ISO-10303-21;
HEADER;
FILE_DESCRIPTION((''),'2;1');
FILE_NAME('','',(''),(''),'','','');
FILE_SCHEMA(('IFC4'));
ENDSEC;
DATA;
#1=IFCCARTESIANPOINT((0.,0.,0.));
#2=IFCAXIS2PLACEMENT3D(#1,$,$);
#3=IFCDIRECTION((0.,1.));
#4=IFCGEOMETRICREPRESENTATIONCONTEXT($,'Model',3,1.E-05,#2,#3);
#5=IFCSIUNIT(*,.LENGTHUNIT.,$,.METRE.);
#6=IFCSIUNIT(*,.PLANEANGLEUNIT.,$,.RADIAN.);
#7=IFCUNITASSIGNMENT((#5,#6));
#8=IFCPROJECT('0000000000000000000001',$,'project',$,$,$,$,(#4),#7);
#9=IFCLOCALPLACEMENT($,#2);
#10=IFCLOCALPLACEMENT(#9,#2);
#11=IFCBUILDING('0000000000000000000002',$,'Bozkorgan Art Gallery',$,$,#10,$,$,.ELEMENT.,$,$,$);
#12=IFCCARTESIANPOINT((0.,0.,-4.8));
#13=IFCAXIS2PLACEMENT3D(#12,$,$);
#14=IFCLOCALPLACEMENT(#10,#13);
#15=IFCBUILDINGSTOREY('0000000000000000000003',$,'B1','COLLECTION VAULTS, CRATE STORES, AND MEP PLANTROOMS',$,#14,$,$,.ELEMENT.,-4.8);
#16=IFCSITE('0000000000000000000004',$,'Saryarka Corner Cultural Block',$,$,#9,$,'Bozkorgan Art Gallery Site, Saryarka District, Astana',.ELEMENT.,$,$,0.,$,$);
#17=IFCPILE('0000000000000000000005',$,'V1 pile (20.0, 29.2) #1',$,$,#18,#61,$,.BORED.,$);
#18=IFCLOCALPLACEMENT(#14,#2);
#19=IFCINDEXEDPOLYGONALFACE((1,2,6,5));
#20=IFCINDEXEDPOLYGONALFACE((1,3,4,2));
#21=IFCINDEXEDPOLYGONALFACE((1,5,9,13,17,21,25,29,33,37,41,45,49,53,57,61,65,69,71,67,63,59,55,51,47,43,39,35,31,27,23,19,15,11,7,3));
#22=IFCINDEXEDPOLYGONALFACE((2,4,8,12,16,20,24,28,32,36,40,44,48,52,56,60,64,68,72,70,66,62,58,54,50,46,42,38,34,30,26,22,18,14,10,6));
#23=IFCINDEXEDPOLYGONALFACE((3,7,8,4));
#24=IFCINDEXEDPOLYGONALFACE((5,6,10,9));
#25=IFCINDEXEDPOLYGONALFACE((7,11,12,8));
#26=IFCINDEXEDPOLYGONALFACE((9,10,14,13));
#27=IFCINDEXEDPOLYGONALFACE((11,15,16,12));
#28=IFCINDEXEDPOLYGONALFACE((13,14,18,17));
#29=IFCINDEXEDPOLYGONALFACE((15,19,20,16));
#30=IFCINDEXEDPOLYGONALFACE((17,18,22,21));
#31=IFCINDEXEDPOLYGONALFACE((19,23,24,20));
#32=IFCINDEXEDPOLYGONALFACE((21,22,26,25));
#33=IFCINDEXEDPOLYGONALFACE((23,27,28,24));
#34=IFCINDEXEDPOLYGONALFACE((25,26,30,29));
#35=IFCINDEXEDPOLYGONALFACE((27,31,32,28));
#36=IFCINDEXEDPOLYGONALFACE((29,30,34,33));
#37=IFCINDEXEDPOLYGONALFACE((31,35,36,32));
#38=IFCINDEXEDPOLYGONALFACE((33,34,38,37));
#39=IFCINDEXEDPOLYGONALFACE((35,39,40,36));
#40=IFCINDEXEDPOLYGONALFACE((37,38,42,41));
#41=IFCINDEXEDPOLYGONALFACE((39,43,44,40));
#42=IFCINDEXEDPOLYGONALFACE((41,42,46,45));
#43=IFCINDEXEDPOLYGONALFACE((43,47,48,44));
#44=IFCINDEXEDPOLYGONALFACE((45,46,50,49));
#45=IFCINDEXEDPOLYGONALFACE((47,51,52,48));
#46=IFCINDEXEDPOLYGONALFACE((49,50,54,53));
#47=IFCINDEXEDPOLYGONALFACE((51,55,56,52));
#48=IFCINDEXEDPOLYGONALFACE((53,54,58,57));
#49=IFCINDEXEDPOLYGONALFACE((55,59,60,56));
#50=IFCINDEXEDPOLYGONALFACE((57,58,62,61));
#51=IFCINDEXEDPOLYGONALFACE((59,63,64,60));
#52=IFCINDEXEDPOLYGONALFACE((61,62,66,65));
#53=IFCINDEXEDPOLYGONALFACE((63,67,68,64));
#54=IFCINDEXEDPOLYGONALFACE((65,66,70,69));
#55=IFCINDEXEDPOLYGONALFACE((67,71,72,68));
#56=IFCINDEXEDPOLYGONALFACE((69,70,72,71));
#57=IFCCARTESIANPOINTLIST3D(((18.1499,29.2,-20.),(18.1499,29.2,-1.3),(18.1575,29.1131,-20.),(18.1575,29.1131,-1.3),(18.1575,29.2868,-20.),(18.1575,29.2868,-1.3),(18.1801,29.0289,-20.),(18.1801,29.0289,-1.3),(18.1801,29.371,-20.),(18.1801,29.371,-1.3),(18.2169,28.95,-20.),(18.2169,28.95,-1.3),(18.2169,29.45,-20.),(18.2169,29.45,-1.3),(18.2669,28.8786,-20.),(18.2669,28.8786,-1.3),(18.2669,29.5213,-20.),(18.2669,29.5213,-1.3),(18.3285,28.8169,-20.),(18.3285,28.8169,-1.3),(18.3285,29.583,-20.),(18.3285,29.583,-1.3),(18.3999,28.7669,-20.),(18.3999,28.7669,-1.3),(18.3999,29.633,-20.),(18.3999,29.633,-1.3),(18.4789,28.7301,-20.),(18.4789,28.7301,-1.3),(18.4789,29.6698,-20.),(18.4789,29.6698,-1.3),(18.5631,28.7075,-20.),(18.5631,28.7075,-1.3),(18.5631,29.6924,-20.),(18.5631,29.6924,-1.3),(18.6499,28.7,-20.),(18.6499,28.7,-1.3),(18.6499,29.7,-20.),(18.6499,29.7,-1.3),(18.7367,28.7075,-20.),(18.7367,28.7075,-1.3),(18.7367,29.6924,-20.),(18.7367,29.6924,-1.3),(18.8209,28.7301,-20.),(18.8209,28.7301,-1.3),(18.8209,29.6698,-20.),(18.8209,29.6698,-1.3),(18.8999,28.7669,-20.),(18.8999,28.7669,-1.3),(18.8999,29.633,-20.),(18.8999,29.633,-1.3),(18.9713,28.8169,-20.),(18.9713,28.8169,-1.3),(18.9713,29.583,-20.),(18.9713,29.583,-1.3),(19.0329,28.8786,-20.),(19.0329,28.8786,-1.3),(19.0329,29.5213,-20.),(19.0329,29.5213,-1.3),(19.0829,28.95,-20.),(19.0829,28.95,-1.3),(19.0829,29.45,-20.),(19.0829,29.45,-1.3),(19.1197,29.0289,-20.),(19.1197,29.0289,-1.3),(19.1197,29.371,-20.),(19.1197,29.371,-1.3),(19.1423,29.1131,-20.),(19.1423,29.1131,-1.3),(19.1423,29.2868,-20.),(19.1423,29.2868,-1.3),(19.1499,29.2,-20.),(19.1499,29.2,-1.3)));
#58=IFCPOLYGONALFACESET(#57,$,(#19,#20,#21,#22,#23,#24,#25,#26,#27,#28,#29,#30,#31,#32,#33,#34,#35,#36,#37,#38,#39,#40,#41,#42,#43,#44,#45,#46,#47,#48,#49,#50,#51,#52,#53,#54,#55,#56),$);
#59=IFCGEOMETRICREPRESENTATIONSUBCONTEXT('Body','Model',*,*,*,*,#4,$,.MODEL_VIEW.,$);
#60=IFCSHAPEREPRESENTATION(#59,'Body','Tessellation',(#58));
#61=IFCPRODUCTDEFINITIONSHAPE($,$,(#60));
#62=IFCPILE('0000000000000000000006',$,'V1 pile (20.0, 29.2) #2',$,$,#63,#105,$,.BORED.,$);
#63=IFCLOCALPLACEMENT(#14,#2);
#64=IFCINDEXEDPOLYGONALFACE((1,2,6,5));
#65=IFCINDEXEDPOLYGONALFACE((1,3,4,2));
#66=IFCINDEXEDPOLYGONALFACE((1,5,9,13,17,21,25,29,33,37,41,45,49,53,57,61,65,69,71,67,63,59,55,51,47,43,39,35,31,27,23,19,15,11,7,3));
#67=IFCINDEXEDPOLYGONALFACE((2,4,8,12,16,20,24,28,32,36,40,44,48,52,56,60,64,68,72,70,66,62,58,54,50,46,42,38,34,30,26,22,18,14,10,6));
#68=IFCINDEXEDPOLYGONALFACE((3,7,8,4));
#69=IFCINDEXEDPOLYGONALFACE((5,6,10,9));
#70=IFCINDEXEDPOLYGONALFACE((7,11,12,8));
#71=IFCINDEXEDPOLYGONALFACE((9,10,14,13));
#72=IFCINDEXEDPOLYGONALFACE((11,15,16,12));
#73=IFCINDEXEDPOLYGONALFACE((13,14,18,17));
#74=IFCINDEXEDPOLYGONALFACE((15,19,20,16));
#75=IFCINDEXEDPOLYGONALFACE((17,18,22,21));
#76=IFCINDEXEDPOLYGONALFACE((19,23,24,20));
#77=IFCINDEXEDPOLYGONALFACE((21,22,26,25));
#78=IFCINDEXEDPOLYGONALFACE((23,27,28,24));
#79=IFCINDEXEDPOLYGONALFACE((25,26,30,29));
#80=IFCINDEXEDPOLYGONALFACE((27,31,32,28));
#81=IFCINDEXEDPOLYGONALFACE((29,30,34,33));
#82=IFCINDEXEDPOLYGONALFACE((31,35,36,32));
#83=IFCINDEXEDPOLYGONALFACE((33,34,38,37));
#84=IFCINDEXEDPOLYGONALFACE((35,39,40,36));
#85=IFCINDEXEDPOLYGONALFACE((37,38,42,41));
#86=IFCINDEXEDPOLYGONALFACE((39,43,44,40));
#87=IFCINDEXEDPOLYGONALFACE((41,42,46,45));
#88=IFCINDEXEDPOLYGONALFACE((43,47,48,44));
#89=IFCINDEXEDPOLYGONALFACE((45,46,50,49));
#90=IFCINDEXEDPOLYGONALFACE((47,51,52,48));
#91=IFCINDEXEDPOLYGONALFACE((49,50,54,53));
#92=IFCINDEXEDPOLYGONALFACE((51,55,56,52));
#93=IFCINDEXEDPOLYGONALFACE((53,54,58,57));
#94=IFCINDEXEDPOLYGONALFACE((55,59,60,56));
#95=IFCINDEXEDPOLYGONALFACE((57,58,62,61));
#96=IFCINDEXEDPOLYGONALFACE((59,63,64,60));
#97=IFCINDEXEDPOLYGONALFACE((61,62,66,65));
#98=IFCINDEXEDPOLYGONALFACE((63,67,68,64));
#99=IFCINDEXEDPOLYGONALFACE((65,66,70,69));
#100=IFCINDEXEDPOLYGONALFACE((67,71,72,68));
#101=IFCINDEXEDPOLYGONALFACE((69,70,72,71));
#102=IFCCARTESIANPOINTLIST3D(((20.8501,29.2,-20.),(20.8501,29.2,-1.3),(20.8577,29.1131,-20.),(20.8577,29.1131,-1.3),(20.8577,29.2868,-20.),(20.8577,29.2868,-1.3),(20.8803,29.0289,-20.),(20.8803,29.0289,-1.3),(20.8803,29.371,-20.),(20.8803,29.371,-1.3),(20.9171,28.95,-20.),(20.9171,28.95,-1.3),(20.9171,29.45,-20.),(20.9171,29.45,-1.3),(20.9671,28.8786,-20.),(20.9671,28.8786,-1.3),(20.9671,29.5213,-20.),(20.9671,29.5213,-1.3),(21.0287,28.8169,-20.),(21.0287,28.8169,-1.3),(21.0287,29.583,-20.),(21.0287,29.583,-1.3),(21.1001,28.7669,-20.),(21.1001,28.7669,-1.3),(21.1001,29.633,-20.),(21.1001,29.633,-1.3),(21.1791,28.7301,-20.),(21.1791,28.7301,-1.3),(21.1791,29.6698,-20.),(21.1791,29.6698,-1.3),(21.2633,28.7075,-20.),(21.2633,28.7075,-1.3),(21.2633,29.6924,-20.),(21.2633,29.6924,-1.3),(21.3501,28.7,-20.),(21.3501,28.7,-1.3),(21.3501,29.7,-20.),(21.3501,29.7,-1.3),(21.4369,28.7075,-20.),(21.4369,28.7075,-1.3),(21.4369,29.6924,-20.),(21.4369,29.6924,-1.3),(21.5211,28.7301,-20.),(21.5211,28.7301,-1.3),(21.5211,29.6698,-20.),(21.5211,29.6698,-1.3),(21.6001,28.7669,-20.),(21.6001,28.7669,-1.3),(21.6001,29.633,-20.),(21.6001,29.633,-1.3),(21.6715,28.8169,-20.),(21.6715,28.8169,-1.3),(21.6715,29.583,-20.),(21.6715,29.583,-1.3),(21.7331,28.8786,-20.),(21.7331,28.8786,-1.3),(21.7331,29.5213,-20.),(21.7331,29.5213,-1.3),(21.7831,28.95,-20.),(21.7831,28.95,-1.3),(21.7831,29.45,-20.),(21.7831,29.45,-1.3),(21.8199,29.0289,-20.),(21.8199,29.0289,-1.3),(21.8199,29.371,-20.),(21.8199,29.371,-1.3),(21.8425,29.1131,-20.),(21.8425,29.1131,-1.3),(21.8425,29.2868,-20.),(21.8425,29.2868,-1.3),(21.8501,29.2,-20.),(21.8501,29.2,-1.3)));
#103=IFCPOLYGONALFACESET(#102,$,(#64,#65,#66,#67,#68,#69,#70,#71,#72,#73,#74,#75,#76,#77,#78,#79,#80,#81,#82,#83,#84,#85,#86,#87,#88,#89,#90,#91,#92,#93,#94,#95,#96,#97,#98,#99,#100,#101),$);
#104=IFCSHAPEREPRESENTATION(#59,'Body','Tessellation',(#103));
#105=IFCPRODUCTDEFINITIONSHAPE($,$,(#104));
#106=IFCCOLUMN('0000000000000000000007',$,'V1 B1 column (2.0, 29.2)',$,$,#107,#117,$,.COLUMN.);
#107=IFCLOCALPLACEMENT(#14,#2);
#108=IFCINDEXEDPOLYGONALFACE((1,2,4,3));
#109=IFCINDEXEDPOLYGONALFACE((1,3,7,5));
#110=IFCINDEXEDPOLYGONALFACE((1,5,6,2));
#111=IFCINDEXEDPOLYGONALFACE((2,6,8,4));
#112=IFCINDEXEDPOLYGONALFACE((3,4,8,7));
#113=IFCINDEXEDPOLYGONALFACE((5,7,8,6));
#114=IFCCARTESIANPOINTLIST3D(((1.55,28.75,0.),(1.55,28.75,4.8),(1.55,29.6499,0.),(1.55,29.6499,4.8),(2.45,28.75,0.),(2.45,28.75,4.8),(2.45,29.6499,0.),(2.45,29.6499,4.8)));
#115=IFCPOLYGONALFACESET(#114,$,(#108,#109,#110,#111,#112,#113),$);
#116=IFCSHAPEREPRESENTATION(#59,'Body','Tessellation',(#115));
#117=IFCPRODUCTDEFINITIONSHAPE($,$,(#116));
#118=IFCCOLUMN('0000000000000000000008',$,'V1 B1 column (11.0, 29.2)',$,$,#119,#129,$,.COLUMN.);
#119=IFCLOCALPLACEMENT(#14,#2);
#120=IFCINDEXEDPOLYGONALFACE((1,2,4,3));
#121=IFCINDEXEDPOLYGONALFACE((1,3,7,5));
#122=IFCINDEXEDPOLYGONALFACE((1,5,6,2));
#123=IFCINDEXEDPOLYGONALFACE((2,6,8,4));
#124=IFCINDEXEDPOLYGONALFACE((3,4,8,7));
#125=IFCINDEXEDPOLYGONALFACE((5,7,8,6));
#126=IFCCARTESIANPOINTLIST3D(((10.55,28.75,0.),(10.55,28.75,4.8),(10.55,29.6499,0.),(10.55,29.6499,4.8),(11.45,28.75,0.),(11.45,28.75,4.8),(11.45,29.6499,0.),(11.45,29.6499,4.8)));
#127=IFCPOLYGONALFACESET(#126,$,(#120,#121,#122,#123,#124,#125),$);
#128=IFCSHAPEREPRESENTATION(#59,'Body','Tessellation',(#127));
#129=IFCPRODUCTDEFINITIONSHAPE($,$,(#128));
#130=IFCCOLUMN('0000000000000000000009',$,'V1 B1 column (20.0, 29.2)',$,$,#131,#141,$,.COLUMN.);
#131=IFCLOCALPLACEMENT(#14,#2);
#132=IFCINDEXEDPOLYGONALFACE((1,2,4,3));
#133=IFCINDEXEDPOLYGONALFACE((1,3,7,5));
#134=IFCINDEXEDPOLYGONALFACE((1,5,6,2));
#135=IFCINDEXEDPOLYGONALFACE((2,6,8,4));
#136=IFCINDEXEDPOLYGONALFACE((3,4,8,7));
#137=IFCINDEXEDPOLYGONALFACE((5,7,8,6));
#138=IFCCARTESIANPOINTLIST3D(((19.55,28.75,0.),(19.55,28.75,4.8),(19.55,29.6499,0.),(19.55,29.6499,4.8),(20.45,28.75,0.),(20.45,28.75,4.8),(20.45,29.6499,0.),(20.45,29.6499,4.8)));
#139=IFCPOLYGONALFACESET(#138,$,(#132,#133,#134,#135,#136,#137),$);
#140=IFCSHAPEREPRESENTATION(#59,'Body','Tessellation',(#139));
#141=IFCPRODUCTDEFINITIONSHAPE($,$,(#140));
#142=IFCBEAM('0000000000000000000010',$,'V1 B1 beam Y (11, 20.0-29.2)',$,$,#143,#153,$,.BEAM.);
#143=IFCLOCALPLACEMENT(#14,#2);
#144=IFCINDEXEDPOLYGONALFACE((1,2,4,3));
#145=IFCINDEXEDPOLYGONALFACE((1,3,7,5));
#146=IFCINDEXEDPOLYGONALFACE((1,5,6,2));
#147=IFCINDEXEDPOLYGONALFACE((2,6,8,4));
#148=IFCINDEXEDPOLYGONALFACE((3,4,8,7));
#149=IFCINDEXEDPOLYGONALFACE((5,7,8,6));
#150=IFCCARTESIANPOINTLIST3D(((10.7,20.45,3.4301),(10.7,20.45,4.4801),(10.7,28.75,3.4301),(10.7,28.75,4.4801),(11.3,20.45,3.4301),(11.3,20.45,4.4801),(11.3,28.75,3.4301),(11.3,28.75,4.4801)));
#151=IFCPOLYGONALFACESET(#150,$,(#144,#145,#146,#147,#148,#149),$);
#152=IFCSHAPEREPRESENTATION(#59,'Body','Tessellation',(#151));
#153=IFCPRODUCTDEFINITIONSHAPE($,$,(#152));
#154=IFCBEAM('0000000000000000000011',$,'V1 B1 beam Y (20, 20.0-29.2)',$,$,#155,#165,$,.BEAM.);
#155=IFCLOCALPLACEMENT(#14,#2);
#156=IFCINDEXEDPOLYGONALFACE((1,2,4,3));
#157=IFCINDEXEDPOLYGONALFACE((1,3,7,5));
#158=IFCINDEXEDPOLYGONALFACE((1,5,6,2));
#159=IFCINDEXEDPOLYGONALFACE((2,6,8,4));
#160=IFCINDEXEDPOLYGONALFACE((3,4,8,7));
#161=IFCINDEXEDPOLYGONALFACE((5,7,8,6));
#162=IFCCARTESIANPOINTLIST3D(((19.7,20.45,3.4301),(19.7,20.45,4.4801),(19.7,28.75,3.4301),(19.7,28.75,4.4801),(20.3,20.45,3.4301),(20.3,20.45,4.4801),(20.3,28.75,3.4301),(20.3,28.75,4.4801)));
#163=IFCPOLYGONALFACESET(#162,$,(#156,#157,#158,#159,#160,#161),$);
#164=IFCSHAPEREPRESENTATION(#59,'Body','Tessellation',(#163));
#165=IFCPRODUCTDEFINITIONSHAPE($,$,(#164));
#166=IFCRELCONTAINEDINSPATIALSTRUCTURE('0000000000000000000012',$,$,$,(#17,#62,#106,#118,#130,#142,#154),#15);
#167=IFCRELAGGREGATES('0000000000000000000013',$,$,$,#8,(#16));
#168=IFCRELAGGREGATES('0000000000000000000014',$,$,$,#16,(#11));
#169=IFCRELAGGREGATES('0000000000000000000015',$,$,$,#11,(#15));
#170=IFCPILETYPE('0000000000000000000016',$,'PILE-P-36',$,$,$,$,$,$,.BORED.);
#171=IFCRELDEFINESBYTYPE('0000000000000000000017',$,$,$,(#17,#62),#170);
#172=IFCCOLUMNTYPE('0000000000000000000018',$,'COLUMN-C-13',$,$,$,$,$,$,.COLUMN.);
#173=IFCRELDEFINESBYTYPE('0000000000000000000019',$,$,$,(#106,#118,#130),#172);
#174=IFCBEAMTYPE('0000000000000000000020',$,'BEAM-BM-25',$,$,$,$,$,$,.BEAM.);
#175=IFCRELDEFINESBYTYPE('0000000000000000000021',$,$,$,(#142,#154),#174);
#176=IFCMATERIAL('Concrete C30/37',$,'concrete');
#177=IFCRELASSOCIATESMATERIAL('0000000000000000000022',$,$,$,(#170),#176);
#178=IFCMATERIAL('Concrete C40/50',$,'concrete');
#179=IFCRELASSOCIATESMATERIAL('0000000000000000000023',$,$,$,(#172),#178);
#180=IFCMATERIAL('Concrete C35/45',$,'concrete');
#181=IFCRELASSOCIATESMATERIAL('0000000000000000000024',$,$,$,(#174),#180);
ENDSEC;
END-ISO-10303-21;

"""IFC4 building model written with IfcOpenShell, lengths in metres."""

from ifc_helpers import new_model, si_unit, direction, frame, origin, origin_2d, place, context, subcontext, project, spatial, rectangle, circle, extrude, material, material_profile, profile_set, type_object, element, save


model = new_model("IFC4")

# Units and contexts
model_context = context("Model", 3, precision=1e-05, world=origin(), true_north=direction((0.0, 1.0)))
body_context = subcontext(model_context, "Body", "Model", "MODEL_VIEW")
ifc_project = project(units=[si_unit("LENGTHUNIT", "METRE"), si_unit("PLANEANGLEUNIT", "RADIAN")], contexts=[model_context])

# Site, building, storey
site_placement = place(None, origin())
site = spatial("IfcSite", under=ifc_project, at=site_placement, Name="Saryarka Corner Cultural Block", LongName="Bozkorgan Art Gallery Site, Saryarka District, Astana", CompositionType="ELEMENT", RefElevation=0.0)
building_placement = place(site_placement, origin())
building = spatial("IfcBuilding", under=site, at=building_placement, Name="Bozkorgan Art Gallery", CompositionType="ELEMENT")
storey_placement = place(building_placement, frame((0.0, 0.0, -4.8)))
storey = spatial("IfcBuildingStorey", under=building, at=storey_placement, Name="B1", Description="COLLECTION VAULTS, CRATE STORES, AND MEP PLANTROOMS", CompositionType="ELEMENT", Elevation=-4.8)

# Shared definitions
ifc_material_1 = material(Name="Concrete C30/37", Category="concrete")

# Piles
ifc_material_profile_1 = material_profile(ifc_material_1, circle(Radius=0.5, at=origin_2d()), Name="PILE D1000")
ifc_profile_set_1 = profile_set([ifc_material_profile_1], Name="Concrete C30/37")
pile_type = type_object("IfcPileType", Name="PILE-P-36", PredefinedType="BORED", material=ifc_profile_set_1)
for number, where, z_axis, x_axis, name in (
    (1, (18.6499, 29.2, -1.3), (0.0, 0.0, -1.0), (1.0, 0.0, 0.0), "V1 pile (20.0, 29.2) #1"),
    (2, (21.3501, 29.2, -1.3), (0.0, 0.0, -1.0), (1.0, 0.0, 0.0), "V1 pile (20.0, 29.2) #2"),
):
    element("IfcPile", number, at=place(storey_placement, frame(where, z_axis=z_axis, x_axis=x_axis)), inside=storey, type_object=pile_type, Name=name, PredefinedType="BORED", context=body_context, shape_type="SweptSolid", body=[
        extrude(circle(Radius=0.5, at=origin_2d()), origin(), (0.0, 0.0, 1.0), 18.7),
    ])

# Columns
ifc_material_2 = material(Name="Concrete C40/50", Category="concrete")
ifc_material_profile_2 = material_profile(ifc_material_2, rectangle(XDim=0.8999, YDim=0.8999, at=origin_2d()), Name="RC 900x900")
ifc_profile_set_2 = profile_set([ifc_material_profile_2], Name="Concrete C40/50")
column_type = type_object("IfcColumnType", Name="COLUMN-C-13", PredefinedType="COLUMN", material=ifc_profile_set_2)
for number, where, z_axis, x_axis, name in (
    (3, (2.0, 29.2, 0.0), (0.0, 0.0, 1.0), (1.0, 0.0, 0.0), "V1 B1 column (2.0, 29.2)"),
    (4, (11.0, 29.2, 0.0), (0.0, 0.0, 1.0), (1.0, 0.0, 0.0), "V1 B1 column (11.0, 29.2)"),
    (5, (20.0, 29.2, 0.0), (0.0, 0.0, 1.0), (1.0, 0.0, 0.0), "V1 B1 column (20.0, 29.2)"),
):
    element("IfcColumn", number, at=place(storey_placement, frame(where, z_axis=z_axis, x_axis=x_axis)), inside=storey, type_object=column_type, Name=name, PredefinedType="COLUMN", context=body_context, shape_type="SweptSolid", body=[
        extrude(rectangle(XDim=0.8999, YDim=0.8999, at=origin_2d()), origin(), (0.0, 0.0, 1.0), 4.8),
    ])

# Beams
ifc_material_3 = material(Name="Concrete C35/45", Category="concrete")
ifc_material_profile_3 = material_profile(ifc_material_3, rectangle(XDim=0.6001, YDim=1.05, at=origin_2d()), Name="RC 600x1050")
ifc_profile_set_3 = profile_set([ifc_material_profile_3], Name="Concrete C35/45")
beam_type_1 = type_object("IfcBeamType", Name="BEAM-BM-25", PredefinedType="BEAM", material=ifc_profile_set_3)
for number, where, z_axis, x_axis, name in (
    (6, (11.0, 20.45, 3.9551), (0.0, 1.0, 0.0), (-1.0, 0.0, 0.0), "V1 B1 beam Y (11, 20.0-29.2)"),
    (7, (20.0, 20.45, 3.9551), (0.0, 1.0, 0.0), (-1.0, 0.0, 0.0), "V1 B1 beam Y (20, 20.0-29.2)"),
):
    element("IfcBeam", number, at=place(storey_placement, frame(where, z_axis=z_axis, x_axis=x_axis)), inside=storey, type_object=beam_type_1, Name=name, PredefinedType="BEAM", context=body_context, shape_type="SweptSolid", body=[
        extrude(rectangle(XDim=0.6001, YDim=1.05, at=origin_2d()), origin(), (0.0, 0.0, 1.0), 8.3),
    ])

save(model, "model.ifc")
